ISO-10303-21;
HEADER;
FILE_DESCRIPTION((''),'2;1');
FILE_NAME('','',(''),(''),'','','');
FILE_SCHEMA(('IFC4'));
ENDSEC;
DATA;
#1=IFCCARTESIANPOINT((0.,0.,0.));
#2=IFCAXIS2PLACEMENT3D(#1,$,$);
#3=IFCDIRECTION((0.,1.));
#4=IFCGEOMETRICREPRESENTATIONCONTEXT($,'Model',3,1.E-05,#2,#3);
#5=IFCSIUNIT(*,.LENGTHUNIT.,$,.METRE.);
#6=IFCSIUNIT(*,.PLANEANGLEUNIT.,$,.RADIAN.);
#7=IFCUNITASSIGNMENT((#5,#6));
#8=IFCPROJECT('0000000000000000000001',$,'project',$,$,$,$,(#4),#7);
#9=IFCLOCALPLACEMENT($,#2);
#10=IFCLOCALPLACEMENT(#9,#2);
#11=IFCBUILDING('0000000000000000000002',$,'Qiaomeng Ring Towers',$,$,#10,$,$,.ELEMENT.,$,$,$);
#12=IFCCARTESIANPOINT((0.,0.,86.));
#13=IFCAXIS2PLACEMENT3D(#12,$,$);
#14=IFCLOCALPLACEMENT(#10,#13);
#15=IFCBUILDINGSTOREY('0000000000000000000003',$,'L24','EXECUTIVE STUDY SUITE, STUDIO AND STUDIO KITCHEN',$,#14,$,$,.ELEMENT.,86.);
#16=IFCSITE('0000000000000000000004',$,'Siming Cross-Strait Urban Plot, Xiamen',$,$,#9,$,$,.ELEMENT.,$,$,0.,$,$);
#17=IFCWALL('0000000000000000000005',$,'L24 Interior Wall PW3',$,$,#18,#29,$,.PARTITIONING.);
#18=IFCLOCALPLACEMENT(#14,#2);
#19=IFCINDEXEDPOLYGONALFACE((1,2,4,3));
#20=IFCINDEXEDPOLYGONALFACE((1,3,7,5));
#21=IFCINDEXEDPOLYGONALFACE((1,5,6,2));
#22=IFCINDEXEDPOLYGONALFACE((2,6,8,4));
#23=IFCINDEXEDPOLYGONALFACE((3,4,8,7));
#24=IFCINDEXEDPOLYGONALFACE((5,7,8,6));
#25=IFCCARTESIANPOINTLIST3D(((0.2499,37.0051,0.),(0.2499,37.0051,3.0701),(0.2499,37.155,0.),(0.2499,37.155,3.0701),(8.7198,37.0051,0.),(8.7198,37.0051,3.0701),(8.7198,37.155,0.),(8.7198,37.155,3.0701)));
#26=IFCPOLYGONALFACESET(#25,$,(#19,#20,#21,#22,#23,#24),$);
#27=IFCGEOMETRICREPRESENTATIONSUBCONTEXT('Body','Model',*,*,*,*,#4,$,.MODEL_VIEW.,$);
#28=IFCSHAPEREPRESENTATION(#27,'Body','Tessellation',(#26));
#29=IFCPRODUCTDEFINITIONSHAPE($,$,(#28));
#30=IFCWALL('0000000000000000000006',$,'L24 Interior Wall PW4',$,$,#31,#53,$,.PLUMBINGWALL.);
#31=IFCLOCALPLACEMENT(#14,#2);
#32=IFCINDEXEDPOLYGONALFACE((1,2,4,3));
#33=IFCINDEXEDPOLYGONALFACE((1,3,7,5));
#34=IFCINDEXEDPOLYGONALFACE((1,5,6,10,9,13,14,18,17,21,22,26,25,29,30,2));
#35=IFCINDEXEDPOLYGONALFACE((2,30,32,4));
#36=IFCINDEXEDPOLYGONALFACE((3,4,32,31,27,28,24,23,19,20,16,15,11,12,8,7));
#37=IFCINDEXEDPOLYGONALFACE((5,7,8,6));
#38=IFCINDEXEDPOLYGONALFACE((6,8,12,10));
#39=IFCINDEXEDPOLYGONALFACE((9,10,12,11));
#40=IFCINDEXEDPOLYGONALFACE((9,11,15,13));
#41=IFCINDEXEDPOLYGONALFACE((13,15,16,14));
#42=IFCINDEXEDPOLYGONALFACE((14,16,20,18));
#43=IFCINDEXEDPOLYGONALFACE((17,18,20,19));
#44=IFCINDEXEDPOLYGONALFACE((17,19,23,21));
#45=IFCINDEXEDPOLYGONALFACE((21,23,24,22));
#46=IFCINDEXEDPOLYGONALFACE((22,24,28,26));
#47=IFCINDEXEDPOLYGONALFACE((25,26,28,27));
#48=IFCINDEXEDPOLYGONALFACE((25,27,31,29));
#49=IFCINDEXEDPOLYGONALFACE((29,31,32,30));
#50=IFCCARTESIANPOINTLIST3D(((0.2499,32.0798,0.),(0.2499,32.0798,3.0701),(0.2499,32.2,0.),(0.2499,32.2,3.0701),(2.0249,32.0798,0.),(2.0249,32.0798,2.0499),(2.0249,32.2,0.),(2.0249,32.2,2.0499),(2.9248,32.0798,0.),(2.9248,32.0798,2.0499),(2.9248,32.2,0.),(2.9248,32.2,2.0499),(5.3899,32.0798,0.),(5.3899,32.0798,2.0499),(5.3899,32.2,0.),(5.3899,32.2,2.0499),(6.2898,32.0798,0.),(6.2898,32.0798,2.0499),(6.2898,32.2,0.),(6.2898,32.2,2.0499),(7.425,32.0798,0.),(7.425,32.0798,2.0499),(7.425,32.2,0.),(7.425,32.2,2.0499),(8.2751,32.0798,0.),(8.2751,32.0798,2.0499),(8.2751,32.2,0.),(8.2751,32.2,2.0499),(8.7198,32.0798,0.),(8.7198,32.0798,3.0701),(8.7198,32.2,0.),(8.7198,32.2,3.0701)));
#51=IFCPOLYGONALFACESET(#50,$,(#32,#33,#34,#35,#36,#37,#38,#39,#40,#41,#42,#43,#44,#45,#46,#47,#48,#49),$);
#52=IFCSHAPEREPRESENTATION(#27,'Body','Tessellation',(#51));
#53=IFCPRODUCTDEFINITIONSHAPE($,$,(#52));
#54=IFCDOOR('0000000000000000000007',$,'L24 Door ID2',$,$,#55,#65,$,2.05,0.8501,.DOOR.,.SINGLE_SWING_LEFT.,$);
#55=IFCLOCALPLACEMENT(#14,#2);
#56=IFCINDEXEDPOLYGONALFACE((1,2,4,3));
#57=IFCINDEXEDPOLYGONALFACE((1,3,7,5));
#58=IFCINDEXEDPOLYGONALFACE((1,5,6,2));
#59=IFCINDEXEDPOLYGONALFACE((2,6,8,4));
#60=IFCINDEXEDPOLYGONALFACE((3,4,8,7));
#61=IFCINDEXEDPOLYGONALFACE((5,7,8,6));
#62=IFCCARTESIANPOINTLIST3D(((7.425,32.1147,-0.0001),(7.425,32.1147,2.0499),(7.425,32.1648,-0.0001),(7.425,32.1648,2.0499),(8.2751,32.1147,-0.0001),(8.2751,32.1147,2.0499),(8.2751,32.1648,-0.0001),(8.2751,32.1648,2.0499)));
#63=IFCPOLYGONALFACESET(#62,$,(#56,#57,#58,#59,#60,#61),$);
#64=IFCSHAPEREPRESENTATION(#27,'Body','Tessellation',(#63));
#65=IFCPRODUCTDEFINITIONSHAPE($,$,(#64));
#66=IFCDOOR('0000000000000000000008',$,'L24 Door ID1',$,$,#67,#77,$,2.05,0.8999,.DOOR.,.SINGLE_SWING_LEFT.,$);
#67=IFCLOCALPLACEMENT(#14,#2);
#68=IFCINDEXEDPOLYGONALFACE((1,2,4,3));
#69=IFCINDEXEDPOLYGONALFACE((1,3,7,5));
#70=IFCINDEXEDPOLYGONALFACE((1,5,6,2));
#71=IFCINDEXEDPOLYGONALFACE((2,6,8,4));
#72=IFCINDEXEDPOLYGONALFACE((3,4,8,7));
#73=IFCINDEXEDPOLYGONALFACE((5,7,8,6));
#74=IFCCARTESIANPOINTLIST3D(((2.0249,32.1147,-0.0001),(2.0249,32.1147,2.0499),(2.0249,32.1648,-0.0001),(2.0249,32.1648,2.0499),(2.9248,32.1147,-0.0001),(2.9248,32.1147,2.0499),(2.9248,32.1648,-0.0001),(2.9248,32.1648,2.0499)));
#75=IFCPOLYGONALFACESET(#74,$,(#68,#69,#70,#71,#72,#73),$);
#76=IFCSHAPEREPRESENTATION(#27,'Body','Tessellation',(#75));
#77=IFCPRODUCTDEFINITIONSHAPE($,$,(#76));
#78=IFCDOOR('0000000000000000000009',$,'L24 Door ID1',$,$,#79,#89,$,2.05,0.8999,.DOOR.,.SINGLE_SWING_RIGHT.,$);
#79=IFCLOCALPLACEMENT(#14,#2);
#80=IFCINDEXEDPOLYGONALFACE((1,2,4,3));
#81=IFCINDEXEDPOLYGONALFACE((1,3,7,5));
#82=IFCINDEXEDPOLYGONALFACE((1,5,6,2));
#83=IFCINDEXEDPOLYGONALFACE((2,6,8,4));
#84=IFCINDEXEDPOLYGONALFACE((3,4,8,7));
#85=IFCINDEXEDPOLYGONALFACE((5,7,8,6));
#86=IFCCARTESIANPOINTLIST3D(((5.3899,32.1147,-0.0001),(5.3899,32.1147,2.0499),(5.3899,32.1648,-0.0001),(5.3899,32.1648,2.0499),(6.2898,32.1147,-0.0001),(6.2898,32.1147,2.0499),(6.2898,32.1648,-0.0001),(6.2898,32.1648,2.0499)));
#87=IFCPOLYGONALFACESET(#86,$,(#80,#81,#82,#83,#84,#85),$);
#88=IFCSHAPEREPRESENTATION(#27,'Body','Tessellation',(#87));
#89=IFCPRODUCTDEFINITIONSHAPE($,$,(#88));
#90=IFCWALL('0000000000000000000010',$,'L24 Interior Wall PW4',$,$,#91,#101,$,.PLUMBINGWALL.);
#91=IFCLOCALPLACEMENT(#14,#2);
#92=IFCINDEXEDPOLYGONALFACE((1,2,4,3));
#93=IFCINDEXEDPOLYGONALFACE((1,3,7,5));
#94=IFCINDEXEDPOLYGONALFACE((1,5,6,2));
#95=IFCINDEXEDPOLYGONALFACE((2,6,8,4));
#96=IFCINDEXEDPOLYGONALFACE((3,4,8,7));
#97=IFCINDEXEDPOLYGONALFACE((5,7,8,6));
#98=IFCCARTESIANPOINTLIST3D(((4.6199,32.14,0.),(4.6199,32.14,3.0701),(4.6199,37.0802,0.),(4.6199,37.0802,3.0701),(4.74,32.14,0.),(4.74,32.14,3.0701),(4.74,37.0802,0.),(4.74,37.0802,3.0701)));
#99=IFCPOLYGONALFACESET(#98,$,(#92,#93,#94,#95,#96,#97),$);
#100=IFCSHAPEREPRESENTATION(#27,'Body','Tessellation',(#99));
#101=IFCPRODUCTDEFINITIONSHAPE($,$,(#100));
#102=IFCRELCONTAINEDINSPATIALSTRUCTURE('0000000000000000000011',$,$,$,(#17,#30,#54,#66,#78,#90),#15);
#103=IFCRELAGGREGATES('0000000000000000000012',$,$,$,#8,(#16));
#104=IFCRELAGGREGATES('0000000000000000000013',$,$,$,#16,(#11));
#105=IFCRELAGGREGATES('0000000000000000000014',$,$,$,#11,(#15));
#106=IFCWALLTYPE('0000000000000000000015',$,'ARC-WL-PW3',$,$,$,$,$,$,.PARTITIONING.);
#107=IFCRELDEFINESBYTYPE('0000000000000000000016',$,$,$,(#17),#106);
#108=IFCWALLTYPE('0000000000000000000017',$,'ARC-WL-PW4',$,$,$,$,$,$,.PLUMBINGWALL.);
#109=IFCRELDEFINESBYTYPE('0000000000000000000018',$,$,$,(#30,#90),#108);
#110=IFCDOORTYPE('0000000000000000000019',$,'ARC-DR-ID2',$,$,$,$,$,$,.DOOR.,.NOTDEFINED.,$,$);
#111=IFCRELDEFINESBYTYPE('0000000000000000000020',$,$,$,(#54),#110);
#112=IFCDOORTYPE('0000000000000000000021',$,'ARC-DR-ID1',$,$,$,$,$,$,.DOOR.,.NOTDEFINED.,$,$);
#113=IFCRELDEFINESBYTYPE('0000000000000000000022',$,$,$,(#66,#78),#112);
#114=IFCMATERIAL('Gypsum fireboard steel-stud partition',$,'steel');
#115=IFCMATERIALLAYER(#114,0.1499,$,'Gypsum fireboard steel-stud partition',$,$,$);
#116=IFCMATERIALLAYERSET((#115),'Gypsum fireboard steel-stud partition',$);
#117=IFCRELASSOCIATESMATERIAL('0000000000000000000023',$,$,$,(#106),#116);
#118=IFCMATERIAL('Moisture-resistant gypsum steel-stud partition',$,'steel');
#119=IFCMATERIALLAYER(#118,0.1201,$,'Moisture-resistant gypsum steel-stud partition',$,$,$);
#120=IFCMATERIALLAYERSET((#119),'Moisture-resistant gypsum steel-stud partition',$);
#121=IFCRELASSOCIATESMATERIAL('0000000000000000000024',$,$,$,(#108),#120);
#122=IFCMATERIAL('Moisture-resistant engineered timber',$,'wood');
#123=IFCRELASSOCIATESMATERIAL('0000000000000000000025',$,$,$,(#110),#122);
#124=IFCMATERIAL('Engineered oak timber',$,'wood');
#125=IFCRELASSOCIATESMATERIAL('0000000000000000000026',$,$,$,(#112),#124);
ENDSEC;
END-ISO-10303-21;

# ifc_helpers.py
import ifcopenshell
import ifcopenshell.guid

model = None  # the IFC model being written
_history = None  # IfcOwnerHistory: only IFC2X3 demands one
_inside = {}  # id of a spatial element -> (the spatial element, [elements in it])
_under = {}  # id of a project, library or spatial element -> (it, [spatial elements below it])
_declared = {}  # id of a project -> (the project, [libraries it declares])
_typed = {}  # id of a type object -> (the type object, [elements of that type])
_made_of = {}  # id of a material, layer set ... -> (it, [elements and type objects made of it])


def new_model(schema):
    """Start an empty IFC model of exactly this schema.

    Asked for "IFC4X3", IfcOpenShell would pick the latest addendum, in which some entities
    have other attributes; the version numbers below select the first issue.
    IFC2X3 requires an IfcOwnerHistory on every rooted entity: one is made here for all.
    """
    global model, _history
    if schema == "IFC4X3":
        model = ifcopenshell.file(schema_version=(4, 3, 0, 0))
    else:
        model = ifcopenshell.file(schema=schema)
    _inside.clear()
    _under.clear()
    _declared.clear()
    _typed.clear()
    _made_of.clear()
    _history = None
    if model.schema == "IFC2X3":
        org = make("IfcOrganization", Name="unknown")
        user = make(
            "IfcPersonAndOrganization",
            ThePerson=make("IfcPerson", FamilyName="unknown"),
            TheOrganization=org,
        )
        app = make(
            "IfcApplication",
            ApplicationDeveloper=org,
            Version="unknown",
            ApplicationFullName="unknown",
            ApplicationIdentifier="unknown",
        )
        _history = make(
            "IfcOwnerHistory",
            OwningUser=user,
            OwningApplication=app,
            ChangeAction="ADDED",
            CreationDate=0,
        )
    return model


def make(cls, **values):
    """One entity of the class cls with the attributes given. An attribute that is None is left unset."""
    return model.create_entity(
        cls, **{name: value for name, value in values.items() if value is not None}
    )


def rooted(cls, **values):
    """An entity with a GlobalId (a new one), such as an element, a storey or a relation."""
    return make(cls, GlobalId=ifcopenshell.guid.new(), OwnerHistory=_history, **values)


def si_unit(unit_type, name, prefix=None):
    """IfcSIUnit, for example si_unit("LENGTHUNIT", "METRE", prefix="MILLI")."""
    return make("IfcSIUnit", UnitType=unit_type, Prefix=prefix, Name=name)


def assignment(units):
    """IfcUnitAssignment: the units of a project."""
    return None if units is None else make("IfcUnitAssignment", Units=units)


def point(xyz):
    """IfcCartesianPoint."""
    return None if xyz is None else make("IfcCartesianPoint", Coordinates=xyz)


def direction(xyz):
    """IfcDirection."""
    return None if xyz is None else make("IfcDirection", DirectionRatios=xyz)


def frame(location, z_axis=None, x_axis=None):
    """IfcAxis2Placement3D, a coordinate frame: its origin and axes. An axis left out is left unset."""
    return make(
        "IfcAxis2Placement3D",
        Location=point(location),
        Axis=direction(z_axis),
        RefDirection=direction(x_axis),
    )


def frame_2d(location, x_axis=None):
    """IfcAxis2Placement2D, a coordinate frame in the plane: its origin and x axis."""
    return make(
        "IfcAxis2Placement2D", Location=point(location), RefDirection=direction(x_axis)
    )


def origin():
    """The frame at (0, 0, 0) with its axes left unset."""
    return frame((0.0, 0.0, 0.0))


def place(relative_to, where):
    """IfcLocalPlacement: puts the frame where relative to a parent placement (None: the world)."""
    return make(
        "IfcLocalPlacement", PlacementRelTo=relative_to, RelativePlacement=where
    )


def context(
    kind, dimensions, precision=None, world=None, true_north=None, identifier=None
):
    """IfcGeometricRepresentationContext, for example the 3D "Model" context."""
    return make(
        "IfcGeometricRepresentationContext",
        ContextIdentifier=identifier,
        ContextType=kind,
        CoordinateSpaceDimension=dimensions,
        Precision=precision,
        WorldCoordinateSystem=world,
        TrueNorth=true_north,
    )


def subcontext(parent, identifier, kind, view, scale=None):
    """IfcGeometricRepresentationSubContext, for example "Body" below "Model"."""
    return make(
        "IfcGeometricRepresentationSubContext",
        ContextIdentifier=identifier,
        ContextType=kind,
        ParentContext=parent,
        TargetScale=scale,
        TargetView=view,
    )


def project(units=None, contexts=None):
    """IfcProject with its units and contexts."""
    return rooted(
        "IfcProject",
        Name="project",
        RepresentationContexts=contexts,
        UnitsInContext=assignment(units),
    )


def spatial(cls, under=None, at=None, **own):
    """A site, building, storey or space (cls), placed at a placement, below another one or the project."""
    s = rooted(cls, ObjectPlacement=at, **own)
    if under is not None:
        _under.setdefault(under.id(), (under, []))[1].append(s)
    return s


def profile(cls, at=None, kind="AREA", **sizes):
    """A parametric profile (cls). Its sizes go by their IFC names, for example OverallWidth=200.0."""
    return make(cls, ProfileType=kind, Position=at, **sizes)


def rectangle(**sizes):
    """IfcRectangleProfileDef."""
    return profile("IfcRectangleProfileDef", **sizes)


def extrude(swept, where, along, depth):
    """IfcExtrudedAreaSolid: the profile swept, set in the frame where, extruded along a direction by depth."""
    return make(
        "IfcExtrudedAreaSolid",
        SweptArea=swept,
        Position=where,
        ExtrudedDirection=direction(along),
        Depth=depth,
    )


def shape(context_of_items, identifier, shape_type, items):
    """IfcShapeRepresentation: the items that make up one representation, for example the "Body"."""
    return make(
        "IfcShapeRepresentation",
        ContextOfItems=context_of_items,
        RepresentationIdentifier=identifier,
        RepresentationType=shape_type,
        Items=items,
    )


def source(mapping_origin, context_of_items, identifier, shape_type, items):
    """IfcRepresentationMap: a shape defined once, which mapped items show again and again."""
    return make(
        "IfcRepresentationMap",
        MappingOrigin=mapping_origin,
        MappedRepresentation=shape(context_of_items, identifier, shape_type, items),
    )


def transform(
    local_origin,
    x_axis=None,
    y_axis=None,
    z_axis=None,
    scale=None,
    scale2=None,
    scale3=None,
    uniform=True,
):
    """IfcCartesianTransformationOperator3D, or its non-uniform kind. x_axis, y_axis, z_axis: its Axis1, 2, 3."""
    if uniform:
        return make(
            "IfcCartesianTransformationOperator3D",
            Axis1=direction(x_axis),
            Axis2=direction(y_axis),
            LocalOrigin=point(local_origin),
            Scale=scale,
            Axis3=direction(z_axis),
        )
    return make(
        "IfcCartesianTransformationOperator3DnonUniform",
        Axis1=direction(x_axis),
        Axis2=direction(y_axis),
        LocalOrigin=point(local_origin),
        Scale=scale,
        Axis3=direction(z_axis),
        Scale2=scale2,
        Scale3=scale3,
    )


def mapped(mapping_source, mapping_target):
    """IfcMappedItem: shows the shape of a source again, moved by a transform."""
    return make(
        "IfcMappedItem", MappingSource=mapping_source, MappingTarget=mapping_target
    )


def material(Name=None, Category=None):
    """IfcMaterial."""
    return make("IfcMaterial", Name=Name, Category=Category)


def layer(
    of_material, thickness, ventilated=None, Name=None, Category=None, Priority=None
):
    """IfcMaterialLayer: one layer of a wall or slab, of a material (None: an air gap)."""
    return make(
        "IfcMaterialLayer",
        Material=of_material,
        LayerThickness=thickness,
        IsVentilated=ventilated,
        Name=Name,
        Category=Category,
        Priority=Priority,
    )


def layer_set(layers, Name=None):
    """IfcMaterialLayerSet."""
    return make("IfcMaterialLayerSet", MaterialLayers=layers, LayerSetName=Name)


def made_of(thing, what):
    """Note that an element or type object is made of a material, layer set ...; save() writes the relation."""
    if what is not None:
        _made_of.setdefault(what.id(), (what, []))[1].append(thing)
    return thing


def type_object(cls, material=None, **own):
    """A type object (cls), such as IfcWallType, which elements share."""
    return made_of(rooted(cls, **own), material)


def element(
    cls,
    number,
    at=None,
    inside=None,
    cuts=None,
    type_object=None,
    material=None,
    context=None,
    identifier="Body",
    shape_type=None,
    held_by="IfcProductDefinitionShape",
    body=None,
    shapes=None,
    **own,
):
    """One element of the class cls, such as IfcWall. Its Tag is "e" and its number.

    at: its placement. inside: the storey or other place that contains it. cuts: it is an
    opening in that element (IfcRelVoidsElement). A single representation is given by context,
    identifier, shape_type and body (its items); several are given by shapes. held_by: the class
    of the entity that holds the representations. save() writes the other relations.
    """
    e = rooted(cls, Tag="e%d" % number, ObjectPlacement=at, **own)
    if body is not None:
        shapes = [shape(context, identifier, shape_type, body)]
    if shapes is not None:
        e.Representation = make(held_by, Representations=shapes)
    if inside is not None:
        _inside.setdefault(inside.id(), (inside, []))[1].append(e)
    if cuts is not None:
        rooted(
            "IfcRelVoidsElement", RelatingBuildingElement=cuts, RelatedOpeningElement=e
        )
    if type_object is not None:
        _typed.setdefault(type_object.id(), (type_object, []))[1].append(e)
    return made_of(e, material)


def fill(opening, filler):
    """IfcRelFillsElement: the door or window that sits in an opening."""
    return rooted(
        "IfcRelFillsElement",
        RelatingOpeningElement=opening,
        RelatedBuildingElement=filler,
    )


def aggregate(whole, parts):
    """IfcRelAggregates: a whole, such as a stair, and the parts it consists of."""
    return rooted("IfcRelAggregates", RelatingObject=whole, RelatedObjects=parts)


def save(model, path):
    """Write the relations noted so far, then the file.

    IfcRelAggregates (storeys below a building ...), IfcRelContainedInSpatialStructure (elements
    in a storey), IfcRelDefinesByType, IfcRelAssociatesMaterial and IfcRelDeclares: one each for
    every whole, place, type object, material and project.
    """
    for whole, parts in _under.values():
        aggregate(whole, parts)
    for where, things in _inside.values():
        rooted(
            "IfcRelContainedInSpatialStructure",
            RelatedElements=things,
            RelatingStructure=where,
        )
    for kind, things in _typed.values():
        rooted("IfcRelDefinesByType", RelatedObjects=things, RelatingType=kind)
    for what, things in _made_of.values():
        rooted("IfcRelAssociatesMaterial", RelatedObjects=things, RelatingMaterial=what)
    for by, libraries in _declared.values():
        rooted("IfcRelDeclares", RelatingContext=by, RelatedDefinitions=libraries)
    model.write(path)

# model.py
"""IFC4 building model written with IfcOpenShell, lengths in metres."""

from ifc_helpers import new_model, si_unit, direction, frame, frame_2d, origin, place, context, subcontext, project, spatial, rectangle, extrude, source, transform, mapped, material, layer, layer_set, type_object, element, fill, save


model = new_model("IFC4")

# Units and contexts
model_context = context("Model", 3, precision=1e-05, world=origin(), true_north=direction((0.0, 1.0)))
body_context = subcontext(model_context, "Body", "Model", "MODEL_VIEW")
ifc_project = project(units=[si_unit("LENGTHUNIT", "METRE"), si_unit("PLANEANGLEUNIT", "RADIAN")], contexts=[model_context])

# Site, building, storey
site_placement = place(None, origin())
site = spatial("IfcSite", under=ifc_project, at=site_placement, Name="Siming Cross-Strait Urban Plot, Xiamen", CompositionType="ELEMENT", RefElevation=0.0)
building_placement = place(site_placement, origin())
building = spatial("IfcBuilding", under=site, at=building_placement, Name="Qiaomeng Ring Towers", CompositionType="ELEMENT")
storey_placement = place(building_placement, frame((0.0, 0.0, 86.0)))
storey = spatial("IfcBuildingStorey", under=building, at=storey_placement, Name="L24", Description="EXECUTIVE STUDY SUITE, STUDIO AND STUDIO KITCHEN", CompositionType="ELEMENT", Elevation=86.0)

# Wall
ifc_material_1 = material(Name="Gypsum fireboard steel-stud partition", Category="steel")
ifc_layer_1 = layer(ifc_material_1, 0.1499, Name="Gypsum fireboard steel-stud partition")
ifc_layer_set_1 = layer_set([ifc_layer_1], Name="Gypsum fireboard steel-stud partition")
wall_type_1 = type_object("IfcWallType", Name="ARC-WL-PW3", PredefinedType="PARTITIONING", material=ifc_layer_set_1)
wall_1_placement = place(storey_placement, frame((0.25, 37.0801, 0.0), z_axis=(0.0, 0.0, 1.0), x_axis=(1.0, 0.0, 0.0)))
element("IfcWall", 1, at=wall_1_placement, inside=storey, type_object=wall_type_1, Name="L24 Interior Wall PW3", PredefinedType="PARTITIONING", context=body_context, shape_type="SweptSolid", body=[
    extrude(rectangle(XDim=8.47, YDim=0.1499, at=frame_2d((4.2349, 0.0))), origin(), (0.0, 0.0, 1.0), 3.0701),
])

# Wall, openings, doors
ifc_material_2 = material(Name="Moisture-resistant gypsum steel-stud partition", Category="steel")
ifc_layer_2 = layer(ifc_material_2, 0.1201, Name="Moisture-resistant gypsum steel-stud partition")
ifc_layer_set_2 = layer_set([ifc_layer_2], Name="Moisture-resistant gypsum steel-stud partition")
wall_type_2 = type_object("IfcWallType", Name="ARC-WL-PW4", PredefinedType="PLUMBINGWALL", material=ifc_layer_set_2)
wall_2_placement = place(storey_placement, frame((0.25, 32.1399, 0.0), z_axis=(0.0, 0.0, 1.0), x_axis=(1.0, 0.0, 0.0)))
wall_2 = element("IfcWall", 2, at=wall_2_placement, inside=storey, type_object=wall_type_2, Name="L24 Interior Wall PW4", PredefinedType="PLUMBINGWALL", context=body_context, shape_type="SweptSolid", body=[
    extrude(rectangle(XDim=8.47, YDim=0.1201, at=frame_2d((4.2349, 0.0))), origin(), (0.0, 0.0, 1.0), 3.0701),
])
opening_1_placement = place(wall_2_placement, frame((1.7749, 0.0, 0.0)))
opening_1 = element("IfcOpeningElement", 3, at=opening_1_placement, cuts=wall_2, PredefinedType="OPENING", context=body_context, shape_type="SweptSolid", body=[
    extrude(rectangle(XDim=0.8999, YDim=2.05, at=frame_2d((0.45, 1.0249))), frame((0.0, 0.0701, 0.0), z_axis=(0.0, -1.0, 0.0), x_axis=(1.0, 0.0, 0.0)), (0.0, 0.0, 1.0), 0.1401),
])
opening_2_placement = place(wall_2_placement, frame((5.1399, 0.0, 0.0)))
opening_2 = element("IfcOpeningElement", 4, at=opening_2_placement, cuts=wall_2, PredefinedType="OPENING", context=body_context, shape_type="SweptSolid", body=[
    extrude(rectangle(XDim=0.8999, YDim=2.05, at=frame_2d((0.45, 1.0249))), frame((0.0, 0.0701, 0.0), z_axis=(0.0, -1.0, 0.0), x_axis=(1.0, 0.0, 0.0)), (0.0, 0.0, 1.0), 0.1401),
])
opening_3_placement = place(wall_2_placement, frame((7.175, 0.0, 0.0)))
opening_3 = element("IfcOpeningElement", 5, at=opening_3_placement, cuts=wall_2, PredefinedType="OPENING", context=body_context, shape_type="SweptSolid", body=[
    extrude(rectangle(XDim=0.8501, YDim=2.05, at=frame_2d((0.425, 1.0249))), frame((0.0, 0.0701, 0.0), z_axis=(0.0, -1.0, 0.0), x_axis=(1.0, 0.0, 0.0)), (0.0, 0.0, 1.0), 0.1401),
])
ifc_material_3 = material(Name="Moisture-resistant engineered timber", Category="wood")
door_type_1 = type_object("IfcDoorType", Name="ARC-DR-ID2", OperationType="NOTDEFINED", PredefinedType="DOOR", material=ifc_material_3)
shared_shape_1 = source(origin(), body_context, "Body", "SweptSolid", [
    extrude(rectangle(XDim=0.8501, YDim=2.05, at=frame_2d((0.425, 1.0249))), frame((0.0, 0.0249, 0.0), z_axis=(0.0, -1.0, 0.0), x_axis=(1.0, 0.0, 0.0)), (0.0, 0.0, 1.0), 0.05),
])
door_1_placement = place(opening_3_placement, origin())
door_1 = element("IfcDoor", 6, at=door_1_placement, inside=storey, type_object=door_type_1, Name="L24 Door ID2", OperationType="SINGLE_SWING_LEFT", OverallHeight=2.05, OverallWidth=0.8501, PredefinedType="DOOR", context=body_context, shape_type="MappedRepresentation", body=[
    mapped(shared_shape_1, transform((0.0, 0.0, 0.0), x_axis=(1.0, 0.0, 0.0), y_axis=(0.0, 1.0, 0.0), z_axis=(0.0, 0.0, 1.0), scale=1.0)),
])
fill(opening_3, door_1)
ifc_material_4 = material(Name="Engineered oak timber", Category="wood")
door_type_2 = type_object("IfcDoorType", Name="ARC-DR-ID1", OperationType="NOTDEFINED", PredefinedType="DOOR", material=ifc_material_4)
shared_shape_2 = source(origin(), body_context, "Body", "SweptSolid", [
    extrude(rectangle(XDim=0.8999, YDim=2.05, at=frame_2d((0.45, 1.0249))), frame((0.0, 0.0249, 0.0), z_axis=(0.0, -1.0, 0.0), x_axis=(1.0, 0.0, 0.0)), (0.0, 0.0, 1.0), 0.05),
])
door_2_placement = place(opening_1_placement, origin())
door_2 = element("IfcDoor", 7, at=door_2_placement, inside=storey, type_object=door_type_2, Name="L24 Door ID1", OperationType="SINGLE_SWING_LEFT", OverallHeight=2.05, OverallWidth=0.8999, PredefinedType="DOOR", context=body_context, shape_type="MappedRepresentation", body=[
    mapped(shared_shape_2, transform((0.0, 0.0, 0.0), x_axis=(1.0, 0.0, 0.0), y_axis=(0.0, 1.0, 0.0), z_axis=(0.0, 0.0, 1.0), scale=1.0)),
])
fill(opening_1, door_2)
door_3_placement = place(opening_2_placement, origin())
door_3 = element("IfcDoor", 8, at=door_3_placement, inside=storey, type_object=door_type_2, Name="L24 Door ID1", OperationType="SINGLE_SWING_RIGHT", OverallHeight=2.05, OverallWidth=0.8999, PredefinedType="DOOR", context=body_context, shape_type="MappedRepresentation", body=[
    mapped(shared_shape_2, transform((0.0, 0.0, 0.0), x_axis=(1.0, 0.0, 0.0), y_axis=(0.0, 1.0, 0.0), z_axis=(0.0, 0.0, 1.0), scale=1.0)),
])
fill(opening_2, door_3)

# Wall
wall_3_placement = place(storey_placement, frame((4.6799, 32.1399, 0.0), z_axis=(0.0, 0.0, 1.0), x_axis=(0.0, 1.0, 0.0)))
element("IfcWall", 9, at=wall_3_placement, inside=storey, type_object=wall_type_2, Name="L24 Interior Wall PW4", PredefinedType="PLUMBINGWALL", context=body_context, shape_type="SweptSolid", body=[
    extrude(rectangle(XDim=4.9402, YDim=0.1201, at=frame_2d((2.4702, 0.0))), origin(), (0.0, 0.0, 1.0), 3.0701),
])

save(model, "model.ifc")
